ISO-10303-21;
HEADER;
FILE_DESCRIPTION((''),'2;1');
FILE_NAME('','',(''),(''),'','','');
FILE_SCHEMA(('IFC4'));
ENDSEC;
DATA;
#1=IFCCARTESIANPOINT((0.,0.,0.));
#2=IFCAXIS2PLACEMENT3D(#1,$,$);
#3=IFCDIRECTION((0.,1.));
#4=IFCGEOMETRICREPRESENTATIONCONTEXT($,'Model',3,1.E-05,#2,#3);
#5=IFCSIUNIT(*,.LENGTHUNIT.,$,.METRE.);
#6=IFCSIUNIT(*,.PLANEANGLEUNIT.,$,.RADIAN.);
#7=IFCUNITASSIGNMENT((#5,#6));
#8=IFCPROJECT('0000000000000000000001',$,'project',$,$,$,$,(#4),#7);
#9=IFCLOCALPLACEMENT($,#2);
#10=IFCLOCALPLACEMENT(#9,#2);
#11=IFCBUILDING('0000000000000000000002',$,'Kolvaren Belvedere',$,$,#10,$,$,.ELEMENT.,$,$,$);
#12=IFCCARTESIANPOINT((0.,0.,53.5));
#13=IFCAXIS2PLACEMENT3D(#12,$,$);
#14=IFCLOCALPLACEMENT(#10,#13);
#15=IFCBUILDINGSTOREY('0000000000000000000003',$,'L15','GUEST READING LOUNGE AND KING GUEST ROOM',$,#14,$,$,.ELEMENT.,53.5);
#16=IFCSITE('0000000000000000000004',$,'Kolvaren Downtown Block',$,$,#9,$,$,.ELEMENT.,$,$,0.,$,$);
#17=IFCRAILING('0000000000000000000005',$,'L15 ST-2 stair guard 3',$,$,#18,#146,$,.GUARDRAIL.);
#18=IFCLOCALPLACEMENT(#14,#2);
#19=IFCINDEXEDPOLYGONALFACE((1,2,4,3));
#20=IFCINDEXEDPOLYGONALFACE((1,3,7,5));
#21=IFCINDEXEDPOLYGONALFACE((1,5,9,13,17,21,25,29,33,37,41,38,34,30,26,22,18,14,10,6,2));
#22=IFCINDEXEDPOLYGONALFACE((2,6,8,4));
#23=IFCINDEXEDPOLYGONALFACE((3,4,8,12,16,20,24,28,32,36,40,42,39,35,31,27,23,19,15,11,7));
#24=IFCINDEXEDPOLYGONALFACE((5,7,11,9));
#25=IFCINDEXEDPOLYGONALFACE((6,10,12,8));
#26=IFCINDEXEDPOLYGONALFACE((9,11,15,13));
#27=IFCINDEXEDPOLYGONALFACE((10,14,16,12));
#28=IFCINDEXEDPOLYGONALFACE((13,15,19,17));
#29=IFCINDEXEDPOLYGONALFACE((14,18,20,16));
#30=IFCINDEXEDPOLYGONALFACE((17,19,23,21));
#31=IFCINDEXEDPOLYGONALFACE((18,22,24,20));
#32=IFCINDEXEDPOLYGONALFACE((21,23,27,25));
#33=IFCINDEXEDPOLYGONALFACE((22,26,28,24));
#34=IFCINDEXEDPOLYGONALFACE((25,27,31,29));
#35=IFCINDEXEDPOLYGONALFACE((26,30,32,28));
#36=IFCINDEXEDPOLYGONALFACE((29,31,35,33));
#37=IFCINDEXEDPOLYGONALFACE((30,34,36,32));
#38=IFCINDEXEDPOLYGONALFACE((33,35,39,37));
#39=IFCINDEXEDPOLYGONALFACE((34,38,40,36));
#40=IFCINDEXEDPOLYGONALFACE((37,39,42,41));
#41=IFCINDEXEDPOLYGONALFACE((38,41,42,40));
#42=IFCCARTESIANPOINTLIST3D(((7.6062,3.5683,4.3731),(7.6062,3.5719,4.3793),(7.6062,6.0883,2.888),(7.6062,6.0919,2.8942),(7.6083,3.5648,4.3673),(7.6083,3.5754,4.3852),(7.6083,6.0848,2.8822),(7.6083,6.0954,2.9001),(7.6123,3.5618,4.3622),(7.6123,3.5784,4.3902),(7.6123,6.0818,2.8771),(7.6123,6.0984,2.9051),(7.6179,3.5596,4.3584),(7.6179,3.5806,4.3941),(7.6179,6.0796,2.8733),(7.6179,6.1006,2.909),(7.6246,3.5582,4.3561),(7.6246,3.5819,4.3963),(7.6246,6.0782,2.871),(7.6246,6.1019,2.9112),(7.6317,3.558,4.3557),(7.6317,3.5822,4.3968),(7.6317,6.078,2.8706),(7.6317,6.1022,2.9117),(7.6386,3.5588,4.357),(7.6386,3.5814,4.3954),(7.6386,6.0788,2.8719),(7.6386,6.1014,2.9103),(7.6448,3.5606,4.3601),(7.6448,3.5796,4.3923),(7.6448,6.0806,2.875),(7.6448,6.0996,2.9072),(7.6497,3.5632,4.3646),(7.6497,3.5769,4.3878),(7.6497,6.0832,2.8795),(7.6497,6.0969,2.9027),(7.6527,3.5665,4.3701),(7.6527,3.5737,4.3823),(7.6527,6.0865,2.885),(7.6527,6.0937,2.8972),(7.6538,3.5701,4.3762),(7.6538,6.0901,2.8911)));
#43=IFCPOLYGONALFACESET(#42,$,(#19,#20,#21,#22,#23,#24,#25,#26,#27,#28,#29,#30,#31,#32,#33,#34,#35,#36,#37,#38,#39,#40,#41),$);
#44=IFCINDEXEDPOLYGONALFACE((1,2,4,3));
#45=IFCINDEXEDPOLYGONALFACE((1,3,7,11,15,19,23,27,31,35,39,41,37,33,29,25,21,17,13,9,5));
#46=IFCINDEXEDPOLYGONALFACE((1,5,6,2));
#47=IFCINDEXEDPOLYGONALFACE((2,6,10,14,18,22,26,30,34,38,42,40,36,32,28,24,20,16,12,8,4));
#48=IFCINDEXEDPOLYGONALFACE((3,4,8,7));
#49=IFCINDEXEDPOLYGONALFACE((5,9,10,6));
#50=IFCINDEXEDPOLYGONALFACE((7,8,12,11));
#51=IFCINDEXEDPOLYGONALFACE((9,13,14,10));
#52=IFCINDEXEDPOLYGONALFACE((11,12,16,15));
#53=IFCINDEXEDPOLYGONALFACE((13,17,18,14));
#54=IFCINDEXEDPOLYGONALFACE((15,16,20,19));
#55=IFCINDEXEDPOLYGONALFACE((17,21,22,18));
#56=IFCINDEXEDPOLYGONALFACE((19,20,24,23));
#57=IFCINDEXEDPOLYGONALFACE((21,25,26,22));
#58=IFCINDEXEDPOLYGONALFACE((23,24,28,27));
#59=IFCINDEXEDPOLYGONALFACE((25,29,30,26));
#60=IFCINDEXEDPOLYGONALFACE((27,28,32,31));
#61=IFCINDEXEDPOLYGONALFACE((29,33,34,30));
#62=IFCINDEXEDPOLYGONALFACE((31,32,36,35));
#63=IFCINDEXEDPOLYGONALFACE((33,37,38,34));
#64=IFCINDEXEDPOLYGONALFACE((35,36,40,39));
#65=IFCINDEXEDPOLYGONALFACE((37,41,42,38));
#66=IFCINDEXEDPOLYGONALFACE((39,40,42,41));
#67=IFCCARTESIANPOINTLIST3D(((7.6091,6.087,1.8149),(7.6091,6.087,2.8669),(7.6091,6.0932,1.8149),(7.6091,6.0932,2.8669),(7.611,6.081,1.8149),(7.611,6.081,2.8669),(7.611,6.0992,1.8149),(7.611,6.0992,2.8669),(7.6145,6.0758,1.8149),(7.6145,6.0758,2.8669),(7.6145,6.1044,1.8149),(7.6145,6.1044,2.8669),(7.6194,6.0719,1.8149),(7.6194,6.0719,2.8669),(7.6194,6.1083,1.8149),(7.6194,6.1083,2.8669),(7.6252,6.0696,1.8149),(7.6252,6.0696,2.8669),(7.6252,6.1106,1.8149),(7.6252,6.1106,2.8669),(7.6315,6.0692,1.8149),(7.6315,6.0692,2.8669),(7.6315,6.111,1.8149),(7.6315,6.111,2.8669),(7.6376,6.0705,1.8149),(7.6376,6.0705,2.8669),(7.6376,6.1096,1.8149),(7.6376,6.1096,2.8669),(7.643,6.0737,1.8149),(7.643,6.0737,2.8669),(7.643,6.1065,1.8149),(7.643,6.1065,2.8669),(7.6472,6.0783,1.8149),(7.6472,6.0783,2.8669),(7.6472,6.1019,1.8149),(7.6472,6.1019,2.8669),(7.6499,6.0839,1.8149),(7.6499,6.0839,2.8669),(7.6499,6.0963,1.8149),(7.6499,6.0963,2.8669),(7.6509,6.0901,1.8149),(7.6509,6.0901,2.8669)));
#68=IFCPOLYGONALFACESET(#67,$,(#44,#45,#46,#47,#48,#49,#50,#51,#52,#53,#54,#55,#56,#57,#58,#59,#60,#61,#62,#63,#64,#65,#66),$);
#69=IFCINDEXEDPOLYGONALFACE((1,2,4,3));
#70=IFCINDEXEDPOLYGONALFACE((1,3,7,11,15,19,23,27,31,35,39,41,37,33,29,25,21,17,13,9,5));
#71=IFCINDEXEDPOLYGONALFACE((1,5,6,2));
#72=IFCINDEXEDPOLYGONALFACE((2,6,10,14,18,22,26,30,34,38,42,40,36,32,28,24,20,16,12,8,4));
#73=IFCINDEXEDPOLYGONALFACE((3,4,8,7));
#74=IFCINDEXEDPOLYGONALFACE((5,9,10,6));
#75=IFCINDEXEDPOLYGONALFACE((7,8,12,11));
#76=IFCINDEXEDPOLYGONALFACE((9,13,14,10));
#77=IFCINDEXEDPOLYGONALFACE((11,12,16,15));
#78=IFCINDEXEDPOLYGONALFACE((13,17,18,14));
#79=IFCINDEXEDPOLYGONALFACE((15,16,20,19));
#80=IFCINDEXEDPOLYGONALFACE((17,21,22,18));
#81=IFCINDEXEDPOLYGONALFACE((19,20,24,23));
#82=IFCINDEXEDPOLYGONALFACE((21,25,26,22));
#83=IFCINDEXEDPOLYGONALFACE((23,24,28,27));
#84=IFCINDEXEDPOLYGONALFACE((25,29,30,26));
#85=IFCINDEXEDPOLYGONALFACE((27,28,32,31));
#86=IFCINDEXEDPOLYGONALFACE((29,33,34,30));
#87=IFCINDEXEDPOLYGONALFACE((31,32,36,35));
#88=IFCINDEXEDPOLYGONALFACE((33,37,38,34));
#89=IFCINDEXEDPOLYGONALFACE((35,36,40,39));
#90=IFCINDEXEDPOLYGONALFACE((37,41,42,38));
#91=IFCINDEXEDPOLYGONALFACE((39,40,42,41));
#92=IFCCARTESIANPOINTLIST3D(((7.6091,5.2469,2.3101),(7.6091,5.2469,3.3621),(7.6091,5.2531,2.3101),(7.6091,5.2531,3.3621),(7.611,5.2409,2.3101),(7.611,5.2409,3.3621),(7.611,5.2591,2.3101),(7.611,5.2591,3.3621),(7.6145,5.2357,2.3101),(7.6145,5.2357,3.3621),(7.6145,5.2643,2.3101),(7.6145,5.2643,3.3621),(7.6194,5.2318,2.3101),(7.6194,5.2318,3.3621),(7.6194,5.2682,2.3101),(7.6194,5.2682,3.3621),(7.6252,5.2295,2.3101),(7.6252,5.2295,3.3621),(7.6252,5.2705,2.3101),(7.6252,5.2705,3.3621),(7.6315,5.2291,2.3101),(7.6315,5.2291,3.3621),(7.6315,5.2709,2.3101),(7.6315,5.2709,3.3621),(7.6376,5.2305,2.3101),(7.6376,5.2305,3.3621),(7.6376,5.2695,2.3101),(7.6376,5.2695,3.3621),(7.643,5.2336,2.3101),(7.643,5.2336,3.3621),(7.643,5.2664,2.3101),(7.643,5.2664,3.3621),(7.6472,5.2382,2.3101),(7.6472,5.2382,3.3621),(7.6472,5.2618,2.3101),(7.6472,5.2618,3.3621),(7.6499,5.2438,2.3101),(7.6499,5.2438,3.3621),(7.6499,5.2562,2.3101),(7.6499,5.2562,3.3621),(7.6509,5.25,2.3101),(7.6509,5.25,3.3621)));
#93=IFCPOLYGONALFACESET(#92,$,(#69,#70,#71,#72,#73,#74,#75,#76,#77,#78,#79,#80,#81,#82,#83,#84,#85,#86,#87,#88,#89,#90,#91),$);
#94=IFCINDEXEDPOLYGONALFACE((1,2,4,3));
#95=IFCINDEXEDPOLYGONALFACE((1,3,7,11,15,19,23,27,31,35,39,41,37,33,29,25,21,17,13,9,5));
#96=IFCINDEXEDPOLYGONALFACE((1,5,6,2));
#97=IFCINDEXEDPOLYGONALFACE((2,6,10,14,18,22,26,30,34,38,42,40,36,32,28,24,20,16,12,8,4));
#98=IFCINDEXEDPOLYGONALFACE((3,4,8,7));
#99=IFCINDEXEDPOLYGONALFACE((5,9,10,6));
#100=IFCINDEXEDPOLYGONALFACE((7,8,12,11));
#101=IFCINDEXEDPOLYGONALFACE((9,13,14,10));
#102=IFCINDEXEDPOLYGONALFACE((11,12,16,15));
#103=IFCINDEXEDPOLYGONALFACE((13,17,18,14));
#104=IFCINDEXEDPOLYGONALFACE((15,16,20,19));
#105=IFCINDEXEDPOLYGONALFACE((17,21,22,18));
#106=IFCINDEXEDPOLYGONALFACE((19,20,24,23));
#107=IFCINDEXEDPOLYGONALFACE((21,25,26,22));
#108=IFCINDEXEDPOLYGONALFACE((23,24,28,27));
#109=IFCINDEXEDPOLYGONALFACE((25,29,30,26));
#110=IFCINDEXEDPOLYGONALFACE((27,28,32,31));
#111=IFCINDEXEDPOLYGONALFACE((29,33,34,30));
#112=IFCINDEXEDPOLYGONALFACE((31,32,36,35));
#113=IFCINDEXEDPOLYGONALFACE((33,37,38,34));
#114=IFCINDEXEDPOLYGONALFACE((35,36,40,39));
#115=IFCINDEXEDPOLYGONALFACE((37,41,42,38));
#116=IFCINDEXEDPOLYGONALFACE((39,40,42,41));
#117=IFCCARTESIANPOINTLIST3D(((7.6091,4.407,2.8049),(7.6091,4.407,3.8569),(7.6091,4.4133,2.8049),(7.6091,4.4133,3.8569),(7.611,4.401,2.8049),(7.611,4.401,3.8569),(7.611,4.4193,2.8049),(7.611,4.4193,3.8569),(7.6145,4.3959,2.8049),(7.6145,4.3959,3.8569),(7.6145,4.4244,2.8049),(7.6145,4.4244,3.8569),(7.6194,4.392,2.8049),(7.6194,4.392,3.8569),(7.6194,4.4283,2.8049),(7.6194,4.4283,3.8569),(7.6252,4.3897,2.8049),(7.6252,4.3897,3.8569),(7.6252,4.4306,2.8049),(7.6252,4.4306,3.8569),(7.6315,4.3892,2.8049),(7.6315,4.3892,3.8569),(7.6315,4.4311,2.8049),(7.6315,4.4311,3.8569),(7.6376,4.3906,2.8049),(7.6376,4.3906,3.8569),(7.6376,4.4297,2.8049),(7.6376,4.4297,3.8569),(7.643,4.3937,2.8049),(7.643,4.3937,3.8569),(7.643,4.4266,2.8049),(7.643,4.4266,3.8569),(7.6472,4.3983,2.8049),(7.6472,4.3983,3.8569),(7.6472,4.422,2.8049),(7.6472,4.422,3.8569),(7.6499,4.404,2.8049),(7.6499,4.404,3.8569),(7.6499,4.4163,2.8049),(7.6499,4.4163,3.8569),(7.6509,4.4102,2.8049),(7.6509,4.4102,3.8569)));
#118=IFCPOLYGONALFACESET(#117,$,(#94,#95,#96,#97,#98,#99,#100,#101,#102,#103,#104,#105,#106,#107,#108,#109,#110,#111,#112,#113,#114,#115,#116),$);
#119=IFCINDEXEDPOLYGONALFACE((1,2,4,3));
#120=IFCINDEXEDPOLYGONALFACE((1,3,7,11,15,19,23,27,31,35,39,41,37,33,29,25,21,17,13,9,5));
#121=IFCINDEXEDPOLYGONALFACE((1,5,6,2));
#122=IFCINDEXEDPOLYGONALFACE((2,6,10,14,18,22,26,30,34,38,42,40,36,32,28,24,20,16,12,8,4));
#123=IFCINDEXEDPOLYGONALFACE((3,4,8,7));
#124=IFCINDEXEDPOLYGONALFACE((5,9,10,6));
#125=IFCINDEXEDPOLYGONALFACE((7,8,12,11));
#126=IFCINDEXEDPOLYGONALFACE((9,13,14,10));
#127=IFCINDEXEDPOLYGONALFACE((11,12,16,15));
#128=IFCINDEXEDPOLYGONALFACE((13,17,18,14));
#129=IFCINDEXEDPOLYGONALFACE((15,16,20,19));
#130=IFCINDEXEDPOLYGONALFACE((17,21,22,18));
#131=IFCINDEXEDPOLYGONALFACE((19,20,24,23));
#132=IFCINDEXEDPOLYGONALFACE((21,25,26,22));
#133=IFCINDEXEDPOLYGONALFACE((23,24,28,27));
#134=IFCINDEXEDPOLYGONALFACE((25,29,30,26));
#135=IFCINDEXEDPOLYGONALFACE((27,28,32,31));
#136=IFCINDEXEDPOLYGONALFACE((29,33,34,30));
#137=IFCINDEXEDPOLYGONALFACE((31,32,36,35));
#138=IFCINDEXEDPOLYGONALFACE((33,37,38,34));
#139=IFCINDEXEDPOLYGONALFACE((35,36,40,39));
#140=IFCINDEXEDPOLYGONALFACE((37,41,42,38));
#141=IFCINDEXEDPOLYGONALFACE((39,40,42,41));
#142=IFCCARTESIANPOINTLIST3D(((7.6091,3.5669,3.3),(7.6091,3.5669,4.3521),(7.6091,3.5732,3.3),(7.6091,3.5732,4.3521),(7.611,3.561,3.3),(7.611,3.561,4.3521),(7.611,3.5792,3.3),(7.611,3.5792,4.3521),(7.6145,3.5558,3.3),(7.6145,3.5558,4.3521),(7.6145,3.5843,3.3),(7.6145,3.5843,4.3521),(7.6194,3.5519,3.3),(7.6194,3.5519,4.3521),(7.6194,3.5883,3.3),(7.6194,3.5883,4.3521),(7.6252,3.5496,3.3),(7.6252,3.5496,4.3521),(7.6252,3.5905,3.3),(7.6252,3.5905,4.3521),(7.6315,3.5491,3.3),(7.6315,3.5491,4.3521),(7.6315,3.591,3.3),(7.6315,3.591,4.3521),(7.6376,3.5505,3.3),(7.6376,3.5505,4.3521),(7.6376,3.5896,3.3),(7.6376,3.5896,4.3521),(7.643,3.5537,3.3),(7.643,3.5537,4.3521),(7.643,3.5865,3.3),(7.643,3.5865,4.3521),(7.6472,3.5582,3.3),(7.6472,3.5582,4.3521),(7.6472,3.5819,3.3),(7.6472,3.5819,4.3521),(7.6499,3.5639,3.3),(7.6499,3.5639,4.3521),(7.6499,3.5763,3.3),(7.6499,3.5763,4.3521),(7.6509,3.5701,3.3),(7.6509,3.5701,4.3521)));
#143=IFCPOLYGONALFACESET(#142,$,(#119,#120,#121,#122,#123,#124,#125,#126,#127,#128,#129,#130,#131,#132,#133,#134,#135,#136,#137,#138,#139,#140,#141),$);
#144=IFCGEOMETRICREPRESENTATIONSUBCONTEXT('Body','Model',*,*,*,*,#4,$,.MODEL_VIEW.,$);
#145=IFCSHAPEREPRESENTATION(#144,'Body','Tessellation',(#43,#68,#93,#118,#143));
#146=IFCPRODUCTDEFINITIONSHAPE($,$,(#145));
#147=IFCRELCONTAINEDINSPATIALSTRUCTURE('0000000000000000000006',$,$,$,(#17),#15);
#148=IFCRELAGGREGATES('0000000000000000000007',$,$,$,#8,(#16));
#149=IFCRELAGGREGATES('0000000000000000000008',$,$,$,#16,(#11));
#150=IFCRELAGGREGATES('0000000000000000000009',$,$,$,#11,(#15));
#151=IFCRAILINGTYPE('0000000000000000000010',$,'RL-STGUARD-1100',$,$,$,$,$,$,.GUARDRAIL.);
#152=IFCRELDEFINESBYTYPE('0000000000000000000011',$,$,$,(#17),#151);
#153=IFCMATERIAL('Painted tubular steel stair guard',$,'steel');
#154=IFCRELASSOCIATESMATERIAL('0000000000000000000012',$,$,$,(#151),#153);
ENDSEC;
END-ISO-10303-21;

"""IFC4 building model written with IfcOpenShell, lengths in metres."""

from ifc_helpers import new_model, si_unit, direction, frame, origin, origin_2d, place, context, subcontext, project, spatial, circle, extrude, material, type_object, element, save


model = new_model("IFC4")

# Units and contexts
model_context = context("Model", 3, precision=1e-05, world=origin(), true_north=direction((0.0, 1.0)))
body_context = subcontext(model_context, "Body", "Model", "MODEL_VIEW")
ifc_project = project(units=[si_unit("LENGTHUNIT", "METRE"), si_unit("PLANEANGLEUNIT", "RADIAN")], contexts=[model_context])

# Site, building, storey
site_placement = place(None, origin())
site = spatial("IfcSite", under=ifc_project, at=site_placement, Name="Kolvaren Downtown Block", CompositionType="ELEMENT", RefElevation=0.0)
building_placement = place(site_placement, origin())
building = spatial("IfcBuilding", under=site, at=building_placement, Name="Kolvaren Belvedere", CompositionType="ELEMENT")
storey_placement = place(building_placement, frame((0.0, 0.0, 53.5)))
storey = spatial("IfcBuildingStorey", under=building, at=storey_placement, Name="L15", Description="GUEST READING LOUNGE AND KING GUEST ROOM", CompositionType="ELEMENT", Elevation=53.5)

# Railing
ifc_material_1 = material(Name="Painted tubular steel stair guard", Category="steel")
railing_type_1 = type_object("IfcRailingType", Name="RL-STGUARD-1100", PredefinedType="GUARDRAIL", material=ifc_material_1)
railing_1_placement = place(storey_placement, frame((7.6299, 6.0901, 1.8149)))
element("IfcRailing", 1, at=railing_1_placement, inside=storey, type_object=railing_type_1, Name="L15 ST-2 stair guard 3", PredefinedType="GUARDRAIL", context=body_context, shape_type="SweptSolid", body=[
    extrude(circle(Radius=0.0239, at=origin_2d()), frame((0.0, 0.0, 1.0762), z_axis=(0.0, -0.861524, 0.507717), x_axis=(1.0, 0.0, 0.0)), (0.0, 0.0, 1.0), 2.925),
    extrude(circle(Radius=0.021, at=origin_2d()), origin(), (0.0, 0.0, 1.0), 1.052),
    extrude(circle(Radius=0.021, at=origin_2d()), frame((0.0, -0.8401, 0.4951)), (0.0, 0.0, 1.0), 1.052),
    extrude(circle(Radius=0.021, at=origin_2d()), frame((0.0, -1.6799, 0.99)), (0.0, 0.0, 1.0), 1.052),
    extrude(circle(Radius=0.021, at=origin_2d()), frame((0.0, -2.52, 1.4851)), (0.0, 0.0, 1.0), 1.052),
])

save(model, "model.ifc")
